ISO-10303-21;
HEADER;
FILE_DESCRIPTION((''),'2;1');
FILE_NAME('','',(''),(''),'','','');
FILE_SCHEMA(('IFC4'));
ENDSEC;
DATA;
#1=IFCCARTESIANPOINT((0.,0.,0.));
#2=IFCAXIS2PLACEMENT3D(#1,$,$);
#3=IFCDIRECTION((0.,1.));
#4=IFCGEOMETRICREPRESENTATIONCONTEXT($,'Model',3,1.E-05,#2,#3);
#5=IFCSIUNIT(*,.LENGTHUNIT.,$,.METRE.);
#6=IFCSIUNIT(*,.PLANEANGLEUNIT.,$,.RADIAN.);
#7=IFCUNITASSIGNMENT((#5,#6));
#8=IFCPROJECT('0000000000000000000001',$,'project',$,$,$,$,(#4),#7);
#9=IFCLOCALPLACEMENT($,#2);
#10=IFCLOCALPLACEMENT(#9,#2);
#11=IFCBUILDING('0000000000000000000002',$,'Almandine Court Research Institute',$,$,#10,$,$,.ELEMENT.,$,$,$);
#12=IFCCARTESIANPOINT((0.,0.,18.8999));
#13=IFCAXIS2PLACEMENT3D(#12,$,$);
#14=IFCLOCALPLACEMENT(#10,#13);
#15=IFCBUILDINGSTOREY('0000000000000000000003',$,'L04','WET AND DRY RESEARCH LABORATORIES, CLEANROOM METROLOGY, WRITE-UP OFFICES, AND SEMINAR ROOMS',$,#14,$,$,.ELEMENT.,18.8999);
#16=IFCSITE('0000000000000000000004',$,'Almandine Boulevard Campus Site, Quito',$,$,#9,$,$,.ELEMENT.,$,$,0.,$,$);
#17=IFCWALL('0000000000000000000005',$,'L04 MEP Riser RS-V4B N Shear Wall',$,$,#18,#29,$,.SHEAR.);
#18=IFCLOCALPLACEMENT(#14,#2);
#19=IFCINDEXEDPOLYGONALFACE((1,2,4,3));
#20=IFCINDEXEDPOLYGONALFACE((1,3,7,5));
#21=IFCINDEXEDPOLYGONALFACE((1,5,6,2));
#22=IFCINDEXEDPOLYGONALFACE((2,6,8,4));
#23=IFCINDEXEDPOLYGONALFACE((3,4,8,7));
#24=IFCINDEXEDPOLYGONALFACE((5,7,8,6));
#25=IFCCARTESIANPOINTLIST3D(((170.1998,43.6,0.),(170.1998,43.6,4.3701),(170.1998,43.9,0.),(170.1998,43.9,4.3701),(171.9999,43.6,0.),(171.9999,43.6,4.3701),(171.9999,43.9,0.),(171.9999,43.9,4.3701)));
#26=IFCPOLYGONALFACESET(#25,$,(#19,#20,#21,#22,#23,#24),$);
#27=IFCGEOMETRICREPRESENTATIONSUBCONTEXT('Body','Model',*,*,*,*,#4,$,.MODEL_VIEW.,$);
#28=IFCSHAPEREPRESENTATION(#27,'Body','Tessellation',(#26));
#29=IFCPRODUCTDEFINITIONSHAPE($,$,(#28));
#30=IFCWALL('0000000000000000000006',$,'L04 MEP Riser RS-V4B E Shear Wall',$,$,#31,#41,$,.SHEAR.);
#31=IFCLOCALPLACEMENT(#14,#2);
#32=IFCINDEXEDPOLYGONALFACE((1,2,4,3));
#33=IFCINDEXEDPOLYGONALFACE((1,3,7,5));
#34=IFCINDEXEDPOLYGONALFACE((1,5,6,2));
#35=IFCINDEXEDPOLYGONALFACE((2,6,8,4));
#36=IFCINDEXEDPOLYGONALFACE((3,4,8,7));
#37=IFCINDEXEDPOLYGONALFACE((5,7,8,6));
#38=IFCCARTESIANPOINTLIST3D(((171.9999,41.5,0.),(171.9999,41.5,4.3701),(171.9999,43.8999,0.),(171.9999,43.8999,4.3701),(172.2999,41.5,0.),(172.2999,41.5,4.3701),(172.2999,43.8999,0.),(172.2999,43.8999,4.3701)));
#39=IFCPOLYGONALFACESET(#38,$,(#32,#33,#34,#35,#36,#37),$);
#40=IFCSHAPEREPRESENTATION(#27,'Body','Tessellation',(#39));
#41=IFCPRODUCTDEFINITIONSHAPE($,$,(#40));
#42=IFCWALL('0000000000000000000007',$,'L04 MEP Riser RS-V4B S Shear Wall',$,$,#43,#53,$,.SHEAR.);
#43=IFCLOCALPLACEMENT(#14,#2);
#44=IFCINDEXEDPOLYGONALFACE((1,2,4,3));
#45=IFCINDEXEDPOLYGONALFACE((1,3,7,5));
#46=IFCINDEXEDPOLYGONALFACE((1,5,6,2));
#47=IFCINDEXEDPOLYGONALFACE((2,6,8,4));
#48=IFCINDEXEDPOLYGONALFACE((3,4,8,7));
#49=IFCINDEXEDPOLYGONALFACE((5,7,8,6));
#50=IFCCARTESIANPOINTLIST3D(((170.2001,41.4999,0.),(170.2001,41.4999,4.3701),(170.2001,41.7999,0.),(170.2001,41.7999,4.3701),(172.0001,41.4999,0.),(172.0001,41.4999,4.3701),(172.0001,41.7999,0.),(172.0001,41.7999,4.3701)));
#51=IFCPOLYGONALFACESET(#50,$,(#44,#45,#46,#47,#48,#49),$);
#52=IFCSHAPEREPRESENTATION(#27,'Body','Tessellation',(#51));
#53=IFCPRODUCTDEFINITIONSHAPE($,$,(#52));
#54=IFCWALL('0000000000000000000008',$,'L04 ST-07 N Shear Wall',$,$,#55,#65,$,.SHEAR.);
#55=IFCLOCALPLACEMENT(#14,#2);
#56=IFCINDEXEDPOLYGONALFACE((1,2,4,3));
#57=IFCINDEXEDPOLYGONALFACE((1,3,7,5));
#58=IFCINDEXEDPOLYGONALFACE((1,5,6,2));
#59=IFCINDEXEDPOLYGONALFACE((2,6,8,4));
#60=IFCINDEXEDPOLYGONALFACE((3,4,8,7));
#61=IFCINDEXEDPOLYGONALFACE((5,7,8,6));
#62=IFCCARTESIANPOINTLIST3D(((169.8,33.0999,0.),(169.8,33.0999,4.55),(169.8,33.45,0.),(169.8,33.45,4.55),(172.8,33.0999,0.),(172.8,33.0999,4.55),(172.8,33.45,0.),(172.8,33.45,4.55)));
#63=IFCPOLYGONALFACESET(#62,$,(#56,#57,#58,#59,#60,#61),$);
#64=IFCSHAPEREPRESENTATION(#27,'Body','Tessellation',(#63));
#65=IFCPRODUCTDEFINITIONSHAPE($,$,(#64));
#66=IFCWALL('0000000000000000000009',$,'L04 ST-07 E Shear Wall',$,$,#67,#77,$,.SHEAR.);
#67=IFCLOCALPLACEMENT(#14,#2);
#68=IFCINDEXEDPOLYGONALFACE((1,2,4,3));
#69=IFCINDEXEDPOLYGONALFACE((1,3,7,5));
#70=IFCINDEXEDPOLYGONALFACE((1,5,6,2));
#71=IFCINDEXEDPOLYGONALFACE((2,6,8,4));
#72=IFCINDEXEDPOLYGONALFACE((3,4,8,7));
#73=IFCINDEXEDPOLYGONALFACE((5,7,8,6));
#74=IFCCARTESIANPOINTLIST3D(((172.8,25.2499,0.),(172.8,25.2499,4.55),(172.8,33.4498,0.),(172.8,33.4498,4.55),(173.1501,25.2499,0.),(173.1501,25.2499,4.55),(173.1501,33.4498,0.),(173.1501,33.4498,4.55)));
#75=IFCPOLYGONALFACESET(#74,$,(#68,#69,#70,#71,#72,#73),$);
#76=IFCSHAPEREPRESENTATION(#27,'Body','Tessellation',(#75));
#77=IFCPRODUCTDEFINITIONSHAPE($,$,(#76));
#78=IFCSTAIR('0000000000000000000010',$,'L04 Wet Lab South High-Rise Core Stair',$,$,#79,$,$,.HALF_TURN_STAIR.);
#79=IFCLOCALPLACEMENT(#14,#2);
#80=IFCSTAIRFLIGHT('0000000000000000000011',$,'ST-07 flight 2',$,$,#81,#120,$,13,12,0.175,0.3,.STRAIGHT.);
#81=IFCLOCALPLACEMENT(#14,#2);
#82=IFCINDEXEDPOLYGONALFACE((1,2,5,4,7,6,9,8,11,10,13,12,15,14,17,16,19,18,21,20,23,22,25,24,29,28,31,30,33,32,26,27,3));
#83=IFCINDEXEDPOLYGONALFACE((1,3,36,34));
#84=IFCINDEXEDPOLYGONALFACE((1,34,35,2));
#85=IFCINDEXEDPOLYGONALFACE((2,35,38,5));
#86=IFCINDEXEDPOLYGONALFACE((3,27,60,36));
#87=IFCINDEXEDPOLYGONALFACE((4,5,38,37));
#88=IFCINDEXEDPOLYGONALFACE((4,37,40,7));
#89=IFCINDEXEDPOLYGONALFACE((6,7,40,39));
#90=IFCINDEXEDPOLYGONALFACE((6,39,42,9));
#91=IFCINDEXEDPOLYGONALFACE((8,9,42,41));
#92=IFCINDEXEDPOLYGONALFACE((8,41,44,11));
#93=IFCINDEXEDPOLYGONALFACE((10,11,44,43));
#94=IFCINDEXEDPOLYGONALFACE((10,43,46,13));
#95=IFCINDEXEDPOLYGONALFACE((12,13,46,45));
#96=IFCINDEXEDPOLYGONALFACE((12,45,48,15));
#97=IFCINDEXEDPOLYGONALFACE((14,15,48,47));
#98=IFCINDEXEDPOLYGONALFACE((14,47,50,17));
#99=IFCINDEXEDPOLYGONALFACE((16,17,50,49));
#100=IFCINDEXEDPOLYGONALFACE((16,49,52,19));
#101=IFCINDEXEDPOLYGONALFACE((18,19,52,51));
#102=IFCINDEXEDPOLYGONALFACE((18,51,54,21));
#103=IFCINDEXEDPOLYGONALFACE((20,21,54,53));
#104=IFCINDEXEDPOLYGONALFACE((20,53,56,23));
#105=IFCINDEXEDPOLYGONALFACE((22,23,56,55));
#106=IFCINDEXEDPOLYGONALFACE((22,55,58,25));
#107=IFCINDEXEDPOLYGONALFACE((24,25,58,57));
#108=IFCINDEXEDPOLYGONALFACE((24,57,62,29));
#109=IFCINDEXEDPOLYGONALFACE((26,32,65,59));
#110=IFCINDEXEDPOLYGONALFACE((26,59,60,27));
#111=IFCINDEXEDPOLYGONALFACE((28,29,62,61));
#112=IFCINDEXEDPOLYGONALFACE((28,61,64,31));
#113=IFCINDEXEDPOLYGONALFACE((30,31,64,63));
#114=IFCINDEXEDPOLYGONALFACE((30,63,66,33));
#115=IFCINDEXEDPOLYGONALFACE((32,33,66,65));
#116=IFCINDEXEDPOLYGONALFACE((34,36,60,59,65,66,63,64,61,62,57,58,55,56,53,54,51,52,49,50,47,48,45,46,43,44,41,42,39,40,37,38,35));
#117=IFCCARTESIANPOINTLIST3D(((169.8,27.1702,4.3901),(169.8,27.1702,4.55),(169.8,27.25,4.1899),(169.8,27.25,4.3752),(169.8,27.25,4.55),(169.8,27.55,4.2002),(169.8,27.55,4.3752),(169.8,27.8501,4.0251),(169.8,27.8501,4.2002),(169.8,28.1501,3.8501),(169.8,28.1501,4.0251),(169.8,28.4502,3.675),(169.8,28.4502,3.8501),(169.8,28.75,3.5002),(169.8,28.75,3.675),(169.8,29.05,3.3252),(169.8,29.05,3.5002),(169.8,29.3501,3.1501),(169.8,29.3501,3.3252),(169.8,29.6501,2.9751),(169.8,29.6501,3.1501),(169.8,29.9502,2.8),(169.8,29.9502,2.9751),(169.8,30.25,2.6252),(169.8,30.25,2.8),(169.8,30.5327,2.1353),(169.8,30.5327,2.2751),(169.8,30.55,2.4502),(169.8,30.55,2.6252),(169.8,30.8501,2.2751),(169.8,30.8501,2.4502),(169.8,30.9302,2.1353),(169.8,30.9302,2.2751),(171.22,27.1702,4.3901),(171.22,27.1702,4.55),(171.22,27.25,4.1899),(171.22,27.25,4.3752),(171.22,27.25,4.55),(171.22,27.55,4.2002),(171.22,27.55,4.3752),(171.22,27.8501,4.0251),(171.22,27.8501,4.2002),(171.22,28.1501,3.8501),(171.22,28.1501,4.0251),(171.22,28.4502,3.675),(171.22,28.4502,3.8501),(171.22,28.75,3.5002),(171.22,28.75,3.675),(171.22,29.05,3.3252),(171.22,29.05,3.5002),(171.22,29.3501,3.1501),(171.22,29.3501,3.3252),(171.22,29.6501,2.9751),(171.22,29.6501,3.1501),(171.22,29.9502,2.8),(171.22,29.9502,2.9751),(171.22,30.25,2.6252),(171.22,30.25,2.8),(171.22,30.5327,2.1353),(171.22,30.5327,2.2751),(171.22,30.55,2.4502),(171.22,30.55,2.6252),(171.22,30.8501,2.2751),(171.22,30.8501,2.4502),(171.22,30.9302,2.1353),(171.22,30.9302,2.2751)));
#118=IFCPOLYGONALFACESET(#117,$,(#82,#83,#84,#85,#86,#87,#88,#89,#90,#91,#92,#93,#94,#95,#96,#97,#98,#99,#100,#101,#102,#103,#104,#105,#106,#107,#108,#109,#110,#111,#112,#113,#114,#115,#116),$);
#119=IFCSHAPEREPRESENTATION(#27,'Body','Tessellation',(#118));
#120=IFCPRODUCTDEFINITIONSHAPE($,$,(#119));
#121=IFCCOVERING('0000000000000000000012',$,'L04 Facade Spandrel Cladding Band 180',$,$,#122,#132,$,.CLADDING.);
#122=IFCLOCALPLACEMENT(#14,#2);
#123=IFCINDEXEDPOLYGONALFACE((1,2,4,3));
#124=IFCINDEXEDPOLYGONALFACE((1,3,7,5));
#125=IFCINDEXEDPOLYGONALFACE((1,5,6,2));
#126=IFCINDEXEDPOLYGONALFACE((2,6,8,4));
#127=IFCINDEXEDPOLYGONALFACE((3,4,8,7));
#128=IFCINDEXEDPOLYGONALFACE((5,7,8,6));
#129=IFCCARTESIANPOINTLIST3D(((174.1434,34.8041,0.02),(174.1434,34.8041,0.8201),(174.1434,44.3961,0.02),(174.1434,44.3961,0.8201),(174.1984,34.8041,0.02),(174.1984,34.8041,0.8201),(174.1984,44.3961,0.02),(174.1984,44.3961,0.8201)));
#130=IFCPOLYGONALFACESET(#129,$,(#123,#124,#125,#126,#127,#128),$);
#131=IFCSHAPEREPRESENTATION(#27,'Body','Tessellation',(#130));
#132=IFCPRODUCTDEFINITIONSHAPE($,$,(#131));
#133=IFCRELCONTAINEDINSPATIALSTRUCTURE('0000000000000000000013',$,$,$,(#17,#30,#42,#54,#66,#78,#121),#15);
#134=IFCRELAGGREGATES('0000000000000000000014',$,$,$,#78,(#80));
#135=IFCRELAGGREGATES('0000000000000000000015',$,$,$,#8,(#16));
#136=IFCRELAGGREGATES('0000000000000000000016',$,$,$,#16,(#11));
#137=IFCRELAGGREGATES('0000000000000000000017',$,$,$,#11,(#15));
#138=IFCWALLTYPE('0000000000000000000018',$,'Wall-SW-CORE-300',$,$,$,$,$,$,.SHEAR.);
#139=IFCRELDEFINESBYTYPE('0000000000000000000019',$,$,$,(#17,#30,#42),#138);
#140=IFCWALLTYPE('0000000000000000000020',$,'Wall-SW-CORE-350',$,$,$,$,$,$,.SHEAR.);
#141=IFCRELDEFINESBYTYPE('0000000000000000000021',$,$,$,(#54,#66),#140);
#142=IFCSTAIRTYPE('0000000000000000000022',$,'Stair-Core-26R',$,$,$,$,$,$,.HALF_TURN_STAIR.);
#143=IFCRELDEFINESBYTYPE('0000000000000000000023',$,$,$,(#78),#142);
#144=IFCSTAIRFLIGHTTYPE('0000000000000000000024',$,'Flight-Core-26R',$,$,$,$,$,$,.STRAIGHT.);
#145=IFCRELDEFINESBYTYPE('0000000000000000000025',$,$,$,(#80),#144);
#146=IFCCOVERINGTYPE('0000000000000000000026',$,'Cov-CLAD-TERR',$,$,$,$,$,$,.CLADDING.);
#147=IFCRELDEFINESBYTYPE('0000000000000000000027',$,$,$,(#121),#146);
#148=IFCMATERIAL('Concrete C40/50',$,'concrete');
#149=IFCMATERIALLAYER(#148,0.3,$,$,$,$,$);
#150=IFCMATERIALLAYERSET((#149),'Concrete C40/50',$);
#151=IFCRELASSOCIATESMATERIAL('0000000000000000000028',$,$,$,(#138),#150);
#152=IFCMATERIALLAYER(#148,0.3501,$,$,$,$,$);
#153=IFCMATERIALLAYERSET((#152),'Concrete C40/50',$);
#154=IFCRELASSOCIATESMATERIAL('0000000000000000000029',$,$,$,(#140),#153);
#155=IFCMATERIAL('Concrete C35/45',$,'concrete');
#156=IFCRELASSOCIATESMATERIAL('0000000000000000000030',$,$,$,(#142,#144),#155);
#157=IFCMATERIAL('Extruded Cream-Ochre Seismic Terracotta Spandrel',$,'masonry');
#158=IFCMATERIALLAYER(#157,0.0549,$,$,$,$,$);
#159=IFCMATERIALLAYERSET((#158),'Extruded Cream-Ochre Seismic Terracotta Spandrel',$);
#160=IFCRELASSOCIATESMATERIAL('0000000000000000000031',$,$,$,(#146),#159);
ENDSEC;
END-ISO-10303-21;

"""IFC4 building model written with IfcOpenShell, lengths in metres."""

from ifc_helpers import new_model, si_unit, direction, frame, frame_2d, origin, origin_2d, place, context, subcontext, project, spatial, polyline, rectangle, outline, extrude, material, layer, layer_set, type_object, element, aggregate, save


model = new_model("IFC4")

# Units and contexts
model_context = context("Model", 3, precision=1e-05, world=origin(), true_north=direction((0.0, 1.0)))
body_context = subcontext(model_context, "Body", "Model", "MODEL_VIEW")
ifc_project = project(units=[si_unit("LENGTHUNIT", "METRE"), si_unit("PLANEANGLEUNIT", "RADIAN")], contexts=[model_context])

# Site, building, storey
site_placement = place(None, origin())
site = spatial("IfcSite", under=ifc_project, at=site_placement, Name="Almandine Boulevard Campus Site, Quito", CompositionType="ELEMENT", RefElevation=0.0)
building_placement = place(site_placement, origin())
building = spatial("IfcBuilding", under=site, at=building_placement, Name="Almandine Court Research Institute", CompositionType="ELEMENT")
storey_placement = place(building_placement, frame((0.0, 0.0, 18.8999)))
storey = spatial("IfcBuildingStorey", under=building, at=storey_placement, Name="L04", Description="WET AND DRY RESEARCH LABORATORIES, CLEANROOM METROLOGY, WRITE-UP OFFICES, AND SEMINAR ROOMS", CompositionType="ELEMENT", Elevation=18.8999)

# Walls
ifc_material_1 = material(Name="Concrete C40/50", Category="concrete")
ifc_layer_1 = layer(ifc_material_1, 0.3)
ifc_layer_set_1 = layer_set([ifc_layer_1], Name="Concrete C40/50")
wall_type_1 = type_object("IfcWallType", Name="Wall-SW-CORE-300", PredefinedType="SHEAR", material=ifc_layer_set_1)
wall_1_placement = place(storey_placement, frame((170.2, 43.75, 0.0), z_axis=(0.0, 0.0, 1.0), x_axis=(1.0, 0.0, 0.0)))
element("IfcWall", 1, at=wall_1_placement, inside=storey, type_object=wall_type_1, Name="L04 MEP Riser RS-V4B N Shear Wall", PredefinedType="SHEAR", context=body_context, shape_type="SweptSolid", body=[
    extrude(rectangle(XDim=1.8, YDim=0.3, at=frame_2d((0.8999, 0.0))), origin(), (0.0, 0.0, 1.0), 4.3701),
])
wall_2_placement = place(storey_placement, frame((172.1499, 43.8999, 0.0), z_axis=(0.0, 0.0, 1.0), x_axis=(0.0, -1.0, 0.0)))
element("IfcWall", 2, at=wall_2_placement, inside=storey, type_object=wall_type_1, Name="L04 MEP Riser RS-V4B E Shear Wall", PredefinedType="SHEAR", context=body_context, shape_type="SweptSolid", body=[
    extrude(rectangle(XDim=2.3999, YDim=0.3, at=frame_2d((1.2, 0.0))), origin(), (0.0, 0.0, 1.0), 4.3701),
])
wall_3_placement = place(storey_placement, frame((172.0, 41.6499, 0.0), z_axis=(0.0, 0.0, 1.0), x_axis=(-1.0, 0.0, 0.0)))
element("IfcWall", 3, at=wall_3_placement, inside=storey, type_object=wall_type_1, Name="L04 MEP Riser RS-V4B S Shear Wall", PredefinedType="SHEAR", context=body_context, shape_type="SweptSolid", body=[
    extrude(rectangle(XDim=1.8, YDim=0.3, at=frame_2d((0.8999, 0.0))), origin(), (0.0, 0.0, 1.0), 4.3701),
])
ifc_layer_2 = layer(ifc_material_1, 0.3501)
ifc_layer_set_2 = layer_set([ifc_layer_2], Name="Concrete C40/50")
wall_type_2 = type_object("IfcWallType", Name="Wall-SW-CORE-350", PredefinedType="SHEAR", material=ifc_layer_set_2)
wall_4_placement = place(storey_placement, frame((169.8, 33.2749, 0.0), z_axis=(0.0, 0.0, 1.0), x_axis=(1.0, 0.0, 0.0)))
element("IfcWall", 4, at=wall_4_placement, inside=storey, type_object=wall_type_2, Name="L04 ST-07 N Shear Wall", PredefinedType="SHEAR", context=body_context, shape_type="SweptSolid", body=[
    extrude(rectangle(XDim=3.0, YDim=0.3501, at=frame_2d((1.5, 0.0))), origin(), (0.0, 0.0, 1.0), 4.55),
])
wall_5_placement = place(storey_placement, frame((172.9751, 33.45, 0.0), z_axis=(0.0, 0.0, 1.0), x_axis=(0.0, -1.0, 0.0)))
element("IfcWall", 5, at=wall_5_placement, inside=storey, type_object=wall_type_2, Name="L04 ST-07 E Shear Wall", PredefinedType="SHEAR", context=body_context, shape_type="SweptSolid", body=[
    extrude(rectangle(XDim=8.2, YDim=0.3501, at=frame_2d((4.1001, 0.0))), origin(), (0.0, 0.0, 1.0), 4.55),
])

# Stair, stair flight
ifc_material_2 = material(Name="Concrete C35/45", Category="concrete")
stair_type = type_object("IfcStairType", Name="Stair-Core-26R", PredefinedType="HALF_TURN_STAIR", material=ifc_material_2)
stair_placement = place(storey_placement, origin())
stair = element("IfcStair", 6, at=stair_placement, inside=storey, type_object=stair_type, Name="L04 Wet Lab South High-Rise Core Stair", PredefinedType="HALF_TURN_STAIR")
stair_flight_type = type_object("IfcStairFlightType", Name="Flight-Core-26R", PredefinedType="STRAIGHT", material=ifc_material_2)
stair_flight_placement = place(storey_placement, frame((170.51, 30.8501, 2.2751), z_axis=(0.0, 0.0, 1.0), x_axis=(0.0, -1.0, 0.0)))
stair_flight = element("IfcStairFlight", 7, at=stair_flight_placement, type_object=stair_flight_type, Name="ST-07 flight 2", NumberOfRisers=13, NumberOfTreads=12, PredefinedType="STRAIGHT", RiserHeight=0.175, TreadLength=0.3, context=body_context, shape_type="SweptSolid", body=[
    extrude(outline(polyline([(-0.0801, -0.1399), (-0.0801, 0.0), (0.0, 0.0), (0.0, 0.175), (0.3, 0.175), (0.3, 0.3501), (0.6001, 0.3501), (0.6001, 0.5249), (0.8999, 0.5249), (0.8999, 0.7), (1.2, 0.7), (1.2, 0.875), (1.5, 0.875), (1.5, 1.05), (1.8, 1.05), (1.8, 1.2251), (2.1001, 1.2251), (2.1001, 1.3999), (2.3999, 1.3999), (2.3999, 1.575), (2.7, 1.575), (2.7, 1.75), (3.0, 1.75), (3.0, 1.925), (3.3, 1.925), (3.3, 2.1001), (3.6001, 2.1001), (3.6001, 2.2749), (3.6799, 2.2749), (3.6799, 2.115), (3.6001, 1.9148), (0.3174, 0.0), (0.3174, -0.1399), (-0.0801, -0.1399)])), frame((0.0, 0.71, 0.0), z_axis=(0.0, -1.0, 0.0), x_axis=(1.0, 0.0, 0.0)), (0.0, 0.0, 1.0), 1.4199),
])
aggregate(stair, [stair_flight])

# Covering
ifc_material_3 = material(Name="Extruded Cream-Ochre Seismic Terracotta Spandrel", Category="masonry")
ifc_layer_3 = layer(ifc_material_3, 0.0549)
ifc_layer_set_3 = layer_set([ifc_layer_3], Name="Extruded Cream-Ochre Seismic Terracotta Spandrel")
covering_type = type_object("IfcCoveringType", Name="Cov-CLAD-TERR", PredefinedType="CLADDING", material=ifc_layer_set_3)
covering_placement = place(storey_placement, frame((174.1709, 39.6001, 0.02), z_axis=(0.0, 0.0, 1.0), x_axis=(0.0, -1.0, 0.0)))
element("IfcCovering", 8, at=covering_placement, inside=storey, type_object=covering_type, Name="L04 Facade Spandrel Cladding Band 180", PredefinedType="CLADDING", context=body_context, shape_type="SweptSolid", body=[
    extrude(rectangle(XDim=9.592, YDim=0.0549, at=origin_2d()), origin(), (0.0, 0.0, 1.0), 0.8),
])

save(model, "model.ifc")
